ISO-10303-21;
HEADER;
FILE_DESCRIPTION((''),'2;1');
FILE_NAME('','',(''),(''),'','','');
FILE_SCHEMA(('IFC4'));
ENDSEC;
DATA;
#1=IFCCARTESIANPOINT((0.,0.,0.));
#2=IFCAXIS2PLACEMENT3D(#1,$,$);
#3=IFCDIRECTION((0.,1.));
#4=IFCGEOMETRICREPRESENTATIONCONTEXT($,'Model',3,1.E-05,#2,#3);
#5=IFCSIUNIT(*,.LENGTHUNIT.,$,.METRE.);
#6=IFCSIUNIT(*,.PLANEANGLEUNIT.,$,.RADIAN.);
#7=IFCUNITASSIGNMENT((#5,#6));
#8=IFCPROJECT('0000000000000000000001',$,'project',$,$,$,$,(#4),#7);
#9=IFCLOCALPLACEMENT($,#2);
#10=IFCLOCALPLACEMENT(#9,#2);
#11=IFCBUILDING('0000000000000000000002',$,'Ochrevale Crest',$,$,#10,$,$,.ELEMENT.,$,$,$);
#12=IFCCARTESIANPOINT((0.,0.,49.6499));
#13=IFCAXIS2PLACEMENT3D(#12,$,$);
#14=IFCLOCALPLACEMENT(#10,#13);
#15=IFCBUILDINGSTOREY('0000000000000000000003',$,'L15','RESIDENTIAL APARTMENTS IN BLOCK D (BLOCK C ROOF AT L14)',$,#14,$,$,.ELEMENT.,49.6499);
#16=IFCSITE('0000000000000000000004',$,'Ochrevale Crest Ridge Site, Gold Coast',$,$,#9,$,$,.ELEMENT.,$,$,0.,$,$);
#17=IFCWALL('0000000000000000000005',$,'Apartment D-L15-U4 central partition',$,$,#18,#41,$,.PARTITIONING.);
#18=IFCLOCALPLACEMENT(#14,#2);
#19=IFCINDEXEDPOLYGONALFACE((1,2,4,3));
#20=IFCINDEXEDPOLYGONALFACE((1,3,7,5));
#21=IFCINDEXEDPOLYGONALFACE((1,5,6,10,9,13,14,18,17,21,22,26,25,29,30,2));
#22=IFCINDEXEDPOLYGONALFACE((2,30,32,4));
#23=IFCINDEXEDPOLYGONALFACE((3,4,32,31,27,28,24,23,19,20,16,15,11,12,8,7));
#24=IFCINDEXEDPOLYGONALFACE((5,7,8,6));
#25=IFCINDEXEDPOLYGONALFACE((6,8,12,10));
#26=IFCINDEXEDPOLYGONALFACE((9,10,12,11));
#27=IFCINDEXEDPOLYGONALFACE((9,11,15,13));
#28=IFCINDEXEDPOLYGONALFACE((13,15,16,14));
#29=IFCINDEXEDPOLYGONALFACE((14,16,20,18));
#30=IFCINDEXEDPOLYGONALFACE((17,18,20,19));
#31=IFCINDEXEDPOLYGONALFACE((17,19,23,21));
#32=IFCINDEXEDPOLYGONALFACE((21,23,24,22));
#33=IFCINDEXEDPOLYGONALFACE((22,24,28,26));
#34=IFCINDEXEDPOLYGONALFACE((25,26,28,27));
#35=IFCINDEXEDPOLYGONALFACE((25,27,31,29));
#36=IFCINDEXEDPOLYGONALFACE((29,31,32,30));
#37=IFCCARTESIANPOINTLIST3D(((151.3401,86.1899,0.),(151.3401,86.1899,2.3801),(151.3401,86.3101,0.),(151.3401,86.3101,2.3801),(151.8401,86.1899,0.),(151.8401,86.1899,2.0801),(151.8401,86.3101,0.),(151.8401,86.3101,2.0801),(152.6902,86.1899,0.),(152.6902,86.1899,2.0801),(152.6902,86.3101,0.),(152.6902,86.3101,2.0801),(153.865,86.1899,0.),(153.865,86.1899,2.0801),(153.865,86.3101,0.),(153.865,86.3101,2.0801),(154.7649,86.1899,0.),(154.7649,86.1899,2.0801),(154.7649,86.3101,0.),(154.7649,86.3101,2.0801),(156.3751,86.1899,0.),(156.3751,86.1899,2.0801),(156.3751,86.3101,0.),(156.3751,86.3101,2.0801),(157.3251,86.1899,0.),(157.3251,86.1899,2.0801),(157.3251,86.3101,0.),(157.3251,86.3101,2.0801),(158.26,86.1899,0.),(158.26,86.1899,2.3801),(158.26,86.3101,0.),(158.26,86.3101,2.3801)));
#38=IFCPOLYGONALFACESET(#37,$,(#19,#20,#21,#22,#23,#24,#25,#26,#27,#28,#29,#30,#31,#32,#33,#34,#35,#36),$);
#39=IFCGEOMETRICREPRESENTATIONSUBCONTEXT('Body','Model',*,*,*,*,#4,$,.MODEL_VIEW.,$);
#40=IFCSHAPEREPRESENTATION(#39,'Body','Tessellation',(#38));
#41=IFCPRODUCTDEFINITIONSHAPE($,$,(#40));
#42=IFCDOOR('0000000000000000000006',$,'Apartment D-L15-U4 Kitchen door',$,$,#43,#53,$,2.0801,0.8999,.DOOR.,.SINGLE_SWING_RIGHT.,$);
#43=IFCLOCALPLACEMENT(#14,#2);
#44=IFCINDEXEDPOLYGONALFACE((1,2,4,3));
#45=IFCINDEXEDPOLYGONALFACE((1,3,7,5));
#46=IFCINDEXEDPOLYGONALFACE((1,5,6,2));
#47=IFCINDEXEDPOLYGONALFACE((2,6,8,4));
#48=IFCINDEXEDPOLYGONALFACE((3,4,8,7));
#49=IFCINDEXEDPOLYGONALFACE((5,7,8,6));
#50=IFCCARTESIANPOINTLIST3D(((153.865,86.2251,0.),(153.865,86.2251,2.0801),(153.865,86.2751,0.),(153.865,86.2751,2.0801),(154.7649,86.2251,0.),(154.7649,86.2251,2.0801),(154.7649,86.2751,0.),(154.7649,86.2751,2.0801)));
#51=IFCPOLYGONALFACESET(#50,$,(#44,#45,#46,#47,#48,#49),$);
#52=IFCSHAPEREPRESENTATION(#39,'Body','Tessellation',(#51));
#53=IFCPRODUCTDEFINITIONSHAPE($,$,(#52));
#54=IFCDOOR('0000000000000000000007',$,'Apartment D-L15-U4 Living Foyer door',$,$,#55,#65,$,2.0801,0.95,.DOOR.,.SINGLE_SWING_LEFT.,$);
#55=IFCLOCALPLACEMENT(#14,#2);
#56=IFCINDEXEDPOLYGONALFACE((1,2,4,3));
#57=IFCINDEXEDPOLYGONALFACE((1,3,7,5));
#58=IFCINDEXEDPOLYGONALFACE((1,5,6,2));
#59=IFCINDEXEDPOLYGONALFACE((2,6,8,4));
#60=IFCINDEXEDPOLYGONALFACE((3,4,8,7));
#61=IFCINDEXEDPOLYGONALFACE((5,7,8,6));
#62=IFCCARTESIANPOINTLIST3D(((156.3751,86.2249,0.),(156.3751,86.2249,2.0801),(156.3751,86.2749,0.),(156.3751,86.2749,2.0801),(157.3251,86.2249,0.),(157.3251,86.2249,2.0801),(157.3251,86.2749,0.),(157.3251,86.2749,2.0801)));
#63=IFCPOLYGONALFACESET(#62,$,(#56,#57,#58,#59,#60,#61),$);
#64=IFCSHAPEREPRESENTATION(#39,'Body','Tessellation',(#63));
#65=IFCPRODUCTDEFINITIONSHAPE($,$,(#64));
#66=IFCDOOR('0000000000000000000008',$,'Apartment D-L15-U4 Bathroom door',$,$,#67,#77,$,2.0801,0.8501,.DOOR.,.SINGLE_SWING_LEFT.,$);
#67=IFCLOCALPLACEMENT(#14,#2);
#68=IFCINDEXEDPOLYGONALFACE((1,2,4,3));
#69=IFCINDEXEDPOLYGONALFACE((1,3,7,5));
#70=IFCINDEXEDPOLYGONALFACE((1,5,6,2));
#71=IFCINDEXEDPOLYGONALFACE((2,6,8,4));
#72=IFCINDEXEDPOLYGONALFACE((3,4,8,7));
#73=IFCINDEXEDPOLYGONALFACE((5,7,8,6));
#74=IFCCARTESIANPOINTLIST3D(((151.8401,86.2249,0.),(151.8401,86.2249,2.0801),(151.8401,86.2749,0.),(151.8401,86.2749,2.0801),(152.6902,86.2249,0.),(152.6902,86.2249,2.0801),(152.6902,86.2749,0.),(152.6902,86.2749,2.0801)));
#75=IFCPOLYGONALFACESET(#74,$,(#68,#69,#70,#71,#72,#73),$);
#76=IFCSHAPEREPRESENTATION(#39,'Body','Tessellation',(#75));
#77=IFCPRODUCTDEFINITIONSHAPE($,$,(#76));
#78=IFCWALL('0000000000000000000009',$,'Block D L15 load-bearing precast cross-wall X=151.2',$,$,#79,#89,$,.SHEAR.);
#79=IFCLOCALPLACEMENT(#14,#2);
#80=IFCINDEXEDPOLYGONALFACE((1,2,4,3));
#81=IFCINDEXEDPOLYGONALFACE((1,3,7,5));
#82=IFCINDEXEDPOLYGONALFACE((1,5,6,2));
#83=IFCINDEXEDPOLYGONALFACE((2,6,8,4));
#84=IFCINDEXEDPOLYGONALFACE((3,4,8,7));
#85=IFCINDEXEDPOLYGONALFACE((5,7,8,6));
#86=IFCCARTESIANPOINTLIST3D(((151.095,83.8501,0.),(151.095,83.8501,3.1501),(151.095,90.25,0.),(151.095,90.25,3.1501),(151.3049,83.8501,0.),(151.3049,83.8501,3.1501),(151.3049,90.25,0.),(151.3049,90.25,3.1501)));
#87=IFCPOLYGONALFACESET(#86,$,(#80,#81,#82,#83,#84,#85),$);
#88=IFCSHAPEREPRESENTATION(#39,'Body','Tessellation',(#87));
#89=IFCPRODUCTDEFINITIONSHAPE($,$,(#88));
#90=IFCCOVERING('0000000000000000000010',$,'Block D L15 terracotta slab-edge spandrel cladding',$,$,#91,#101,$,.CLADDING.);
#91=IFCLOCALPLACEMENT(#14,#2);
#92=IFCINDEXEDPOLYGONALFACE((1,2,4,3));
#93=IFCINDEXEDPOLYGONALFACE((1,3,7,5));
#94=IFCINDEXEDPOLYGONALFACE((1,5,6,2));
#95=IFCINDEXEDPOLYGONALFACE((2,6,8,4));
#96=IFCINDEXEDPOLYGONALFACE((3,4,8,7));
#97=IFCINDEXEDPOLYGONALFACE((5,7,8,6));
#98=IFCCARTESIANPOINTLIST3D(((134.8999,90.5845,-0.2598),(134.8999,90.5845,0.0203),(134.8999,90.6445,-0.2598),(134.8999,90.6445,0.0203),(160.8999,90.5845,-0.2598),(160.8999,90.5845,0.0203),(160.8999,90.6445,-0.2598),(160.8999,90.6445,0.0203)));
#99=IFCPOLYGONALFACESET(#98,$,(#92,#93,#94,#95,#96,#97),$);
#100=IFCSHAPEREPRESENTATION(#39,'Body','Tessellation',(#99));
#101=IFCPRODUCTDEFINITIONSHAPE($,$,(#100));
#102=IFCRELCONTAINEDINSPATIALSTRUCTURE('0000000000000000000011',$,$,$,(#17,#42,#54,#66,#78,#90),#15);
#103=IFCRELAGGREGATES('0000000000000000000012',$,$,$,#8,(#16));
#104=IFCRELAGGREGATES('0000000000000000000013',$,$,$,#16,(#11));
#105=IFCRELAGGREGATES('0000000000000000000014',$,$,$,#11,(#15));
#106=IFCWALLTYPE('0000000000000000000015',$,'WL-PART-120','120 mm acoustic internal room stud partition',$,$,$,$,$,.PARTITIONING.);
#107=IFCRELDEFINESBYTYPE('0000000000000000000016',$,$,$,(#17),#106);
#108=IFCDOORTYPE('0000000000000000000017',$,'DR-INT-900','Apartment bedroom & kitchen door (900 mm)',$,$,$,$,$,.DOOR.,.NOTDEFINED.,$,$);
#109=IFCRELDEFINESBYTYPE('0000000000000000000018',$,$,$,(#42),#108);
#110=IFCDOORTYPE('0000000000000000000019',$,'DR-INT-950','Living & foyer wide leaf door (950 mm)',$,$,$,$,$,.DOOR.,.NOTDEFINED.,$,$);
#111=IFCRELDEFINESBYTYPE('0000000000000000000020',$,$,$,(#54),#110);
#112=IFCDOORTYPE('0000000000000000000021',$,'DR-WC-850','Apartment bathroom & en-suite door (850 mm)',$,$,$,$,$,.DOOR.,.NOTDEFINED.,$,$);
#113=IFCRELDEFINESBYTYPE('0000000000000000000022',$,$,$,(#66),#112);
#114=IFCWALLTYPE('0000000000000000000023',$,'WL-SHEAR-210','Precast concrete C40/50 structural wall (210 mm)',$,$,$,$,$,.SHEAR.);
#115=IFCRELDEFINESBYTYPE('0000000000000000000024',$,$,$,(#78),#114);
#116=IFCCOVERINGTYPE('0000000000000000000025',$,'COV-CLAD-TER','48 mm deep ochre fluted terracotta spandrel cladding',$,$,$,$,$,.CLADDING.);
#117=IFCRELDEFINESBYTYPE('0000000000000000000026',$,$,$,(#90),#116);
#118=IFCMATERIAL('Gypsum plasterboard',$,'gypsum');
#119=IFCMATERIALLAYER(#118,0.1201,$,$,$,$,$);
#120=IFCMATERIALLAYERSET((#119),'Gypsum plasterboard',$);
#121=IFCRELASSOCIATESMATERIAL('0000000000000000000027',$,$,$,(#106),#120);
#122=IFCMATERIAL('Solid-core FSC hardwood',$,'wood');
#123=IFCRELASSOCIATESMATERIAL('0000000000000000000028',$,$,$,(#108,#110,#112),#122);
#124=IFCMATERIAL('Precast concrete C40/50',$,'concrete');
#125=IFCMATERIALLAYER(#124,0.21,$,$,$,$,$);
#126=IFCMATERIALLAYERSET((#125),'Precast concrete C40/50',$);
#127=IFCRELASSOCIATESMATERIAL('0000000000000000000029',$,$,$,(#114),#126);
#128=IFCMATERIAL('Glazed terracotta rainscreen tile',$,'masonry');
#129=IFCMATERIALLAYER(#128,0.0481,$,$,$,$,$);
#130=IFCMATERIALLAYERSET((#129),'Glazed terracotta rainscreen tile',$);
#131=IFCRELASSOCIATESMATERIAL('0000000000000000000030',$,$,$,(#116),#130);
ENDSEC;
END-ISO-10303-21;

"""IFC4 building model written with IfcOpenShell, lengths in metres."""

from ifc_helpers import new_model, si_unit, direction, frame, frame_2d, origin, origin_2d, place, context, subcontext, project, spatial, rectangle, extrude, material, layer, layer_set, type_object, element, fill, save


model = new_model("IFC4")

# Units and contexts
model_context = context("Model", 3, precision=1e-05, world=origin(), true_north=direction((0.0, 1.0)))
body_context = subcontext(model_context, "Body", "Model", "MODEL_VIEW")
ifc_project = project(units=[si_unit("LENGTHUNIT", "METRE"), si_unit("PLANEANGLEUNIT", "RADIAN")], contexts=[model_context])

# Site, building, storey
site_placement = place(None, origin())
site = spatial("IfcSite", under=ifc_project, at=site_placement, Name="Ochrevale Crest Ridge Site, Gold Coast", CompositionType="ELEMENT", RefElevation=0.0)
building_placement = place(site_placement, origin())
building = spatial("IfcBuilding", under=site, at=building_placement, Name="Ochrevale Crest", CompositionType="ELEMENT")
storey_placement = place(building_placement, frame((0.0, 0.0, 49.6499)))
storey = spatial("IfcBuildingStorey", under=building, at=storey_placement, Name="L15", Description="RESIDENTIAL APARTMENTS IN BLOCK D (BLOCK C ROOF AT L14)", CompositionType="ELEMENT", Elevation=49.6499)

# Shared definitions
ifc_material_1 = material(Name="Precast concrete C40/50", Category="concrete")

# Shared definitions
ifc_material_2 = material(Name="Gypsum plasterboard", Category="gypsum")
ifc_material_3 = material(Name="Solid-core FSC hardwood", Category="wood")

# Shared definitions
ifc_layer_1 = layer(ifc_material_2, 0.1201)
ifc_layer_set_1 = layer_set([ifc_layer_1], Name="Gypsum plasterboard")
wall_type_1 = type_object("IfcWallType", Name="WL-PART-120", Description="120 mm acoustic internal room stud partition", PredefinedType="PARTITIONING", material=ifc_layer_set_1)

# Shared definitions
door_type_1 = type_object("IfcDoorType", Name="DR-INT-900", Description="Apartment bedroom & kitchen door (900 mm)", OperationType="NOTDEFINED", PredefinedType="DOOR", material=ifc_material_3)

# Wall, openings, doors
wall_1_placement = place(storey_placement, frame((151.3401, 86.25, 0.0), z_axis=(0.0, 0.0, 1.0), x_axis=(1.0, 0.0, 0.0)))
wall_1 = element("IfcWall", 1, at=wall_1_placement, inside=storey, type_object=wall_type_1, Name="Apartment D-L15-U4 central partition", PredefinedType="PARTITIONING", context=body_context, shape_type="SweptSolid", body=[
    extrude(rectangle(XDim=6.9199, YDim=0.1201, at=frame_2d((3.46, 0.0))), origin(), (0.0, 0.0, 1.0), 2.3801),
])
opening_1_placement = place(wall_1_placement, frame((0.5, 0.0, 0.0)))
opening_1 = element("IfcOpeningElement", 2, at=opening_1_placement, cuts=wall_1, PredefinedType="OPENING", context=body_context, shape_type="SweptSolid", body=[
    extrude(rectangle(XDim=0.8501, YDim=2.0801, at=frame_2d((0.425, 1.04))), frame((0.0, 0.0701, 0.0), z_axis=(0.0, -1.0, 0.0), x_axis=(1.0, 0.0, 0.0)), (0.0, 0.0, 1.0), 0.1401),
])
opening_2_placement = place(wall_1_placement, frame((3.4248, 0.0, 0.0), z_axis=(0.0, 0.0, 1.0), x_axis=(-1.0, 0.0, 0.0)))
opening_2 = element("IfcOpeningElement", 3, at=opening_2_placement, cuts=wall_1, PredefinedType="OPENING", context=body_context, shape_type="SweptSolid", body=[
    extrude(rectangle(XDim=0.8999, YDim=2.0801, at=frame_2d((0.45, 1.04))), frame((0.0, 0.0701, 0.0), z_axis=(0.0, -1.0, 0.0), x_axis=(1.0, 0.0, 0.0)), (0.0, 0.0, 1.0), 0.1401),
])
opening_3_placement = place(wall_1_placement, frame((5.0349, 0.0, 0.0)))
opening_3 = element("IfcOpeningElement", 4, at=opening_3_placement, cuts=wall_1, PredefinedType="OPENING", context=body_context, shape_type="SweptSolid", body=[
    extrude(rectangle(XDim=0.95, YDim=2.0801, at=frame_2d((0.4751, 1.04))), frame((0.0, 0.0701, 0.0), z_axis=(0.0, -1.0, 0.0), x_axis=(1.0, 0.0, 0.0)), (0.0, 0.0, 1.0), 0.1401),
])
door_1_placement = place(opening_2_placement, origin())
door_1 = element("IfcDoor", 5, at=door_1_placement, inside=storey, type_object=door_type_1, Name="Apartment D-L15-U4 Kitchen door", OperationType="SINGLE_SWING_RIGHT", OverallHeight=2.0801, OverallWidth=0.8999, PredefinedType="DOOR", context=body_context, shape_type="SweptSolid", body=[
    extrude(rectangle(XDim=0.8999, YDim=2.0801, at=frame_2d((0.45, 1.04))), frame((0.0, 0.0249, 0.0), z_axis=(0.0, -1.0, 0.0), x_axis=(1.0, 0.0, 0.0)), (0.0, 0.0, 1.0), 0.05),
])
fill(opening_2, door_1)
door_type_2 = type_object("IfcDoorType", Name="DR-INT-950", Description="Living & foyer wide leaf door (950 mm)", OperationType="NOTDEFINED", PredefinedType="DOOR", material=ifc_material_3)
door_2_placement = place(opening_3_placement, origin())
door_2 = element("IfcDoor", 6, at=door_2_placement, inside=storey, type_object=door_type_2, Name="Apartment D-L15-U4 Living Foyer door", OperationType="SINGLE_SWING_LEFT", OverallHeight=2.0801, OverallWidth=0.95, PredefinedType="DOOR", context=body_context, shape_type="SweptSolid", body=[
    extrude(rectangle(XDim=0.95, YDim=2.0801, at=frame_2d((0.4751, 1.04))), frame((0.0, 0.0249, 0.0), z_axis=(0.0, -1.0, 0.0), x_axis=(1.0, 0.0, 0.0)), (0.0, 0.0, 1.0), 0.05),
])
fill(opening_3, door_2)
door_type_3 = type_object("IfcDoorType", Name="DR-WC-850", Description="Apartment bathroom & en-suite door (850 mm)", OperationType="NOTDEFINED", PredefinedType="DOOR", material=ifc_material_3)
door_3_placement = place(opening_1_placement, origin())
door_3 = element("IfcDoor", 7, at=door_3_placement, inside=storey, type_object=door_type_3, Name="Apartment D-L15-U4 Bathroom door", OperationType="SINGLE_SWING_LEFT", OverallHeight=2.0801, OverallWidth=0.8501, PredefinedType="DOOR", context=body_context, shape_type="SweptSolid", body=[
    extrude(rectangle(XDim=0.8501, YDim=2.0801, at=frame_2d((0.425, 1.04))), frame((0.0, 0.0249, 0.0), z_axis=(0.0, -1.0, 0.0), x_axis=(1.0, 0.0, 0.0)), (0.0, 0.0, 1.0), 0.05),
])
fill(opening_1, door_3)

# Wall
ifc_layer_2 = layer(ifc_material_1, 0.21)
ifc_layer_set_2 = layer_set([ifc_layer_2], Name="Precast concrete C40/50")
wall_type_2 = type_object("IfcWallType", Name="WL-SHEAR-210", Description="Precast concrete C40/50 structural wall (210 mm)", PredefinedType="SHEAR", material=ifc_layer_set_2)
wall_2_placement = place(storey_placement, frame((151.2, 83.8501, 0.0), z_axis=(0.0, 0.0, 1.0), x_axis=(0.0, 1.0, 0.0)))
element("IfcWall", 8, at=wall_2_placement, inside=storey, type_object=wall_type_2, Name="Block D L15 load-bearing precast cross-wall X=151.2", PredefinedType="SHEAR", context=body_context, shape_type="SweptSolid", body=[
    extrude(rectangle(XDim=6.3999, YDim=0.21, at=frame_2d((3.2, 0.0))), origin(), (0.0, 0.0, 1.0), 3.1501),
])

# Covering
ifc_material_4 = material(Name="Glazed terracotta rainscreen tile", Category="masonry")
ifc_layer_3 = layer(ifc_material_4, 0.0481)
ifc_layer_set_3 = layer_set([ifc_layer_3], Name="Glazed terracotta rainscreen tile")
covering_type = type_object("IfcCoveringType", Name="COV-CLAD-TER", Description="48 mm deep ochre fluted terracotta spandrel cladding", PredefinedType="CLADDING", material=ifc_layer_set_3)
covering_placement = place(storey_placement, frame((147.8999, 90.6145, -0.2598), z_axis=(0.0, 0.0, 1.0), x_axis=(-1.0, 0.0, 0.0)))
element("IfcCovering", 9, at=covering_placement, inside=storey, type_object=covering_type, Name="Block D L15 terracotta slab-edge spandrel cladding", PredefinedType="CLADDING", context=body_context, shape_type="SweptSolid", body=[
    extrude(rectangle(XDim=26.0, YDim=0.0601, at=origin_2d()), origin(), (0.0, 0.0, 1.0), 0.28),
])

save(model, "model.ifc")
